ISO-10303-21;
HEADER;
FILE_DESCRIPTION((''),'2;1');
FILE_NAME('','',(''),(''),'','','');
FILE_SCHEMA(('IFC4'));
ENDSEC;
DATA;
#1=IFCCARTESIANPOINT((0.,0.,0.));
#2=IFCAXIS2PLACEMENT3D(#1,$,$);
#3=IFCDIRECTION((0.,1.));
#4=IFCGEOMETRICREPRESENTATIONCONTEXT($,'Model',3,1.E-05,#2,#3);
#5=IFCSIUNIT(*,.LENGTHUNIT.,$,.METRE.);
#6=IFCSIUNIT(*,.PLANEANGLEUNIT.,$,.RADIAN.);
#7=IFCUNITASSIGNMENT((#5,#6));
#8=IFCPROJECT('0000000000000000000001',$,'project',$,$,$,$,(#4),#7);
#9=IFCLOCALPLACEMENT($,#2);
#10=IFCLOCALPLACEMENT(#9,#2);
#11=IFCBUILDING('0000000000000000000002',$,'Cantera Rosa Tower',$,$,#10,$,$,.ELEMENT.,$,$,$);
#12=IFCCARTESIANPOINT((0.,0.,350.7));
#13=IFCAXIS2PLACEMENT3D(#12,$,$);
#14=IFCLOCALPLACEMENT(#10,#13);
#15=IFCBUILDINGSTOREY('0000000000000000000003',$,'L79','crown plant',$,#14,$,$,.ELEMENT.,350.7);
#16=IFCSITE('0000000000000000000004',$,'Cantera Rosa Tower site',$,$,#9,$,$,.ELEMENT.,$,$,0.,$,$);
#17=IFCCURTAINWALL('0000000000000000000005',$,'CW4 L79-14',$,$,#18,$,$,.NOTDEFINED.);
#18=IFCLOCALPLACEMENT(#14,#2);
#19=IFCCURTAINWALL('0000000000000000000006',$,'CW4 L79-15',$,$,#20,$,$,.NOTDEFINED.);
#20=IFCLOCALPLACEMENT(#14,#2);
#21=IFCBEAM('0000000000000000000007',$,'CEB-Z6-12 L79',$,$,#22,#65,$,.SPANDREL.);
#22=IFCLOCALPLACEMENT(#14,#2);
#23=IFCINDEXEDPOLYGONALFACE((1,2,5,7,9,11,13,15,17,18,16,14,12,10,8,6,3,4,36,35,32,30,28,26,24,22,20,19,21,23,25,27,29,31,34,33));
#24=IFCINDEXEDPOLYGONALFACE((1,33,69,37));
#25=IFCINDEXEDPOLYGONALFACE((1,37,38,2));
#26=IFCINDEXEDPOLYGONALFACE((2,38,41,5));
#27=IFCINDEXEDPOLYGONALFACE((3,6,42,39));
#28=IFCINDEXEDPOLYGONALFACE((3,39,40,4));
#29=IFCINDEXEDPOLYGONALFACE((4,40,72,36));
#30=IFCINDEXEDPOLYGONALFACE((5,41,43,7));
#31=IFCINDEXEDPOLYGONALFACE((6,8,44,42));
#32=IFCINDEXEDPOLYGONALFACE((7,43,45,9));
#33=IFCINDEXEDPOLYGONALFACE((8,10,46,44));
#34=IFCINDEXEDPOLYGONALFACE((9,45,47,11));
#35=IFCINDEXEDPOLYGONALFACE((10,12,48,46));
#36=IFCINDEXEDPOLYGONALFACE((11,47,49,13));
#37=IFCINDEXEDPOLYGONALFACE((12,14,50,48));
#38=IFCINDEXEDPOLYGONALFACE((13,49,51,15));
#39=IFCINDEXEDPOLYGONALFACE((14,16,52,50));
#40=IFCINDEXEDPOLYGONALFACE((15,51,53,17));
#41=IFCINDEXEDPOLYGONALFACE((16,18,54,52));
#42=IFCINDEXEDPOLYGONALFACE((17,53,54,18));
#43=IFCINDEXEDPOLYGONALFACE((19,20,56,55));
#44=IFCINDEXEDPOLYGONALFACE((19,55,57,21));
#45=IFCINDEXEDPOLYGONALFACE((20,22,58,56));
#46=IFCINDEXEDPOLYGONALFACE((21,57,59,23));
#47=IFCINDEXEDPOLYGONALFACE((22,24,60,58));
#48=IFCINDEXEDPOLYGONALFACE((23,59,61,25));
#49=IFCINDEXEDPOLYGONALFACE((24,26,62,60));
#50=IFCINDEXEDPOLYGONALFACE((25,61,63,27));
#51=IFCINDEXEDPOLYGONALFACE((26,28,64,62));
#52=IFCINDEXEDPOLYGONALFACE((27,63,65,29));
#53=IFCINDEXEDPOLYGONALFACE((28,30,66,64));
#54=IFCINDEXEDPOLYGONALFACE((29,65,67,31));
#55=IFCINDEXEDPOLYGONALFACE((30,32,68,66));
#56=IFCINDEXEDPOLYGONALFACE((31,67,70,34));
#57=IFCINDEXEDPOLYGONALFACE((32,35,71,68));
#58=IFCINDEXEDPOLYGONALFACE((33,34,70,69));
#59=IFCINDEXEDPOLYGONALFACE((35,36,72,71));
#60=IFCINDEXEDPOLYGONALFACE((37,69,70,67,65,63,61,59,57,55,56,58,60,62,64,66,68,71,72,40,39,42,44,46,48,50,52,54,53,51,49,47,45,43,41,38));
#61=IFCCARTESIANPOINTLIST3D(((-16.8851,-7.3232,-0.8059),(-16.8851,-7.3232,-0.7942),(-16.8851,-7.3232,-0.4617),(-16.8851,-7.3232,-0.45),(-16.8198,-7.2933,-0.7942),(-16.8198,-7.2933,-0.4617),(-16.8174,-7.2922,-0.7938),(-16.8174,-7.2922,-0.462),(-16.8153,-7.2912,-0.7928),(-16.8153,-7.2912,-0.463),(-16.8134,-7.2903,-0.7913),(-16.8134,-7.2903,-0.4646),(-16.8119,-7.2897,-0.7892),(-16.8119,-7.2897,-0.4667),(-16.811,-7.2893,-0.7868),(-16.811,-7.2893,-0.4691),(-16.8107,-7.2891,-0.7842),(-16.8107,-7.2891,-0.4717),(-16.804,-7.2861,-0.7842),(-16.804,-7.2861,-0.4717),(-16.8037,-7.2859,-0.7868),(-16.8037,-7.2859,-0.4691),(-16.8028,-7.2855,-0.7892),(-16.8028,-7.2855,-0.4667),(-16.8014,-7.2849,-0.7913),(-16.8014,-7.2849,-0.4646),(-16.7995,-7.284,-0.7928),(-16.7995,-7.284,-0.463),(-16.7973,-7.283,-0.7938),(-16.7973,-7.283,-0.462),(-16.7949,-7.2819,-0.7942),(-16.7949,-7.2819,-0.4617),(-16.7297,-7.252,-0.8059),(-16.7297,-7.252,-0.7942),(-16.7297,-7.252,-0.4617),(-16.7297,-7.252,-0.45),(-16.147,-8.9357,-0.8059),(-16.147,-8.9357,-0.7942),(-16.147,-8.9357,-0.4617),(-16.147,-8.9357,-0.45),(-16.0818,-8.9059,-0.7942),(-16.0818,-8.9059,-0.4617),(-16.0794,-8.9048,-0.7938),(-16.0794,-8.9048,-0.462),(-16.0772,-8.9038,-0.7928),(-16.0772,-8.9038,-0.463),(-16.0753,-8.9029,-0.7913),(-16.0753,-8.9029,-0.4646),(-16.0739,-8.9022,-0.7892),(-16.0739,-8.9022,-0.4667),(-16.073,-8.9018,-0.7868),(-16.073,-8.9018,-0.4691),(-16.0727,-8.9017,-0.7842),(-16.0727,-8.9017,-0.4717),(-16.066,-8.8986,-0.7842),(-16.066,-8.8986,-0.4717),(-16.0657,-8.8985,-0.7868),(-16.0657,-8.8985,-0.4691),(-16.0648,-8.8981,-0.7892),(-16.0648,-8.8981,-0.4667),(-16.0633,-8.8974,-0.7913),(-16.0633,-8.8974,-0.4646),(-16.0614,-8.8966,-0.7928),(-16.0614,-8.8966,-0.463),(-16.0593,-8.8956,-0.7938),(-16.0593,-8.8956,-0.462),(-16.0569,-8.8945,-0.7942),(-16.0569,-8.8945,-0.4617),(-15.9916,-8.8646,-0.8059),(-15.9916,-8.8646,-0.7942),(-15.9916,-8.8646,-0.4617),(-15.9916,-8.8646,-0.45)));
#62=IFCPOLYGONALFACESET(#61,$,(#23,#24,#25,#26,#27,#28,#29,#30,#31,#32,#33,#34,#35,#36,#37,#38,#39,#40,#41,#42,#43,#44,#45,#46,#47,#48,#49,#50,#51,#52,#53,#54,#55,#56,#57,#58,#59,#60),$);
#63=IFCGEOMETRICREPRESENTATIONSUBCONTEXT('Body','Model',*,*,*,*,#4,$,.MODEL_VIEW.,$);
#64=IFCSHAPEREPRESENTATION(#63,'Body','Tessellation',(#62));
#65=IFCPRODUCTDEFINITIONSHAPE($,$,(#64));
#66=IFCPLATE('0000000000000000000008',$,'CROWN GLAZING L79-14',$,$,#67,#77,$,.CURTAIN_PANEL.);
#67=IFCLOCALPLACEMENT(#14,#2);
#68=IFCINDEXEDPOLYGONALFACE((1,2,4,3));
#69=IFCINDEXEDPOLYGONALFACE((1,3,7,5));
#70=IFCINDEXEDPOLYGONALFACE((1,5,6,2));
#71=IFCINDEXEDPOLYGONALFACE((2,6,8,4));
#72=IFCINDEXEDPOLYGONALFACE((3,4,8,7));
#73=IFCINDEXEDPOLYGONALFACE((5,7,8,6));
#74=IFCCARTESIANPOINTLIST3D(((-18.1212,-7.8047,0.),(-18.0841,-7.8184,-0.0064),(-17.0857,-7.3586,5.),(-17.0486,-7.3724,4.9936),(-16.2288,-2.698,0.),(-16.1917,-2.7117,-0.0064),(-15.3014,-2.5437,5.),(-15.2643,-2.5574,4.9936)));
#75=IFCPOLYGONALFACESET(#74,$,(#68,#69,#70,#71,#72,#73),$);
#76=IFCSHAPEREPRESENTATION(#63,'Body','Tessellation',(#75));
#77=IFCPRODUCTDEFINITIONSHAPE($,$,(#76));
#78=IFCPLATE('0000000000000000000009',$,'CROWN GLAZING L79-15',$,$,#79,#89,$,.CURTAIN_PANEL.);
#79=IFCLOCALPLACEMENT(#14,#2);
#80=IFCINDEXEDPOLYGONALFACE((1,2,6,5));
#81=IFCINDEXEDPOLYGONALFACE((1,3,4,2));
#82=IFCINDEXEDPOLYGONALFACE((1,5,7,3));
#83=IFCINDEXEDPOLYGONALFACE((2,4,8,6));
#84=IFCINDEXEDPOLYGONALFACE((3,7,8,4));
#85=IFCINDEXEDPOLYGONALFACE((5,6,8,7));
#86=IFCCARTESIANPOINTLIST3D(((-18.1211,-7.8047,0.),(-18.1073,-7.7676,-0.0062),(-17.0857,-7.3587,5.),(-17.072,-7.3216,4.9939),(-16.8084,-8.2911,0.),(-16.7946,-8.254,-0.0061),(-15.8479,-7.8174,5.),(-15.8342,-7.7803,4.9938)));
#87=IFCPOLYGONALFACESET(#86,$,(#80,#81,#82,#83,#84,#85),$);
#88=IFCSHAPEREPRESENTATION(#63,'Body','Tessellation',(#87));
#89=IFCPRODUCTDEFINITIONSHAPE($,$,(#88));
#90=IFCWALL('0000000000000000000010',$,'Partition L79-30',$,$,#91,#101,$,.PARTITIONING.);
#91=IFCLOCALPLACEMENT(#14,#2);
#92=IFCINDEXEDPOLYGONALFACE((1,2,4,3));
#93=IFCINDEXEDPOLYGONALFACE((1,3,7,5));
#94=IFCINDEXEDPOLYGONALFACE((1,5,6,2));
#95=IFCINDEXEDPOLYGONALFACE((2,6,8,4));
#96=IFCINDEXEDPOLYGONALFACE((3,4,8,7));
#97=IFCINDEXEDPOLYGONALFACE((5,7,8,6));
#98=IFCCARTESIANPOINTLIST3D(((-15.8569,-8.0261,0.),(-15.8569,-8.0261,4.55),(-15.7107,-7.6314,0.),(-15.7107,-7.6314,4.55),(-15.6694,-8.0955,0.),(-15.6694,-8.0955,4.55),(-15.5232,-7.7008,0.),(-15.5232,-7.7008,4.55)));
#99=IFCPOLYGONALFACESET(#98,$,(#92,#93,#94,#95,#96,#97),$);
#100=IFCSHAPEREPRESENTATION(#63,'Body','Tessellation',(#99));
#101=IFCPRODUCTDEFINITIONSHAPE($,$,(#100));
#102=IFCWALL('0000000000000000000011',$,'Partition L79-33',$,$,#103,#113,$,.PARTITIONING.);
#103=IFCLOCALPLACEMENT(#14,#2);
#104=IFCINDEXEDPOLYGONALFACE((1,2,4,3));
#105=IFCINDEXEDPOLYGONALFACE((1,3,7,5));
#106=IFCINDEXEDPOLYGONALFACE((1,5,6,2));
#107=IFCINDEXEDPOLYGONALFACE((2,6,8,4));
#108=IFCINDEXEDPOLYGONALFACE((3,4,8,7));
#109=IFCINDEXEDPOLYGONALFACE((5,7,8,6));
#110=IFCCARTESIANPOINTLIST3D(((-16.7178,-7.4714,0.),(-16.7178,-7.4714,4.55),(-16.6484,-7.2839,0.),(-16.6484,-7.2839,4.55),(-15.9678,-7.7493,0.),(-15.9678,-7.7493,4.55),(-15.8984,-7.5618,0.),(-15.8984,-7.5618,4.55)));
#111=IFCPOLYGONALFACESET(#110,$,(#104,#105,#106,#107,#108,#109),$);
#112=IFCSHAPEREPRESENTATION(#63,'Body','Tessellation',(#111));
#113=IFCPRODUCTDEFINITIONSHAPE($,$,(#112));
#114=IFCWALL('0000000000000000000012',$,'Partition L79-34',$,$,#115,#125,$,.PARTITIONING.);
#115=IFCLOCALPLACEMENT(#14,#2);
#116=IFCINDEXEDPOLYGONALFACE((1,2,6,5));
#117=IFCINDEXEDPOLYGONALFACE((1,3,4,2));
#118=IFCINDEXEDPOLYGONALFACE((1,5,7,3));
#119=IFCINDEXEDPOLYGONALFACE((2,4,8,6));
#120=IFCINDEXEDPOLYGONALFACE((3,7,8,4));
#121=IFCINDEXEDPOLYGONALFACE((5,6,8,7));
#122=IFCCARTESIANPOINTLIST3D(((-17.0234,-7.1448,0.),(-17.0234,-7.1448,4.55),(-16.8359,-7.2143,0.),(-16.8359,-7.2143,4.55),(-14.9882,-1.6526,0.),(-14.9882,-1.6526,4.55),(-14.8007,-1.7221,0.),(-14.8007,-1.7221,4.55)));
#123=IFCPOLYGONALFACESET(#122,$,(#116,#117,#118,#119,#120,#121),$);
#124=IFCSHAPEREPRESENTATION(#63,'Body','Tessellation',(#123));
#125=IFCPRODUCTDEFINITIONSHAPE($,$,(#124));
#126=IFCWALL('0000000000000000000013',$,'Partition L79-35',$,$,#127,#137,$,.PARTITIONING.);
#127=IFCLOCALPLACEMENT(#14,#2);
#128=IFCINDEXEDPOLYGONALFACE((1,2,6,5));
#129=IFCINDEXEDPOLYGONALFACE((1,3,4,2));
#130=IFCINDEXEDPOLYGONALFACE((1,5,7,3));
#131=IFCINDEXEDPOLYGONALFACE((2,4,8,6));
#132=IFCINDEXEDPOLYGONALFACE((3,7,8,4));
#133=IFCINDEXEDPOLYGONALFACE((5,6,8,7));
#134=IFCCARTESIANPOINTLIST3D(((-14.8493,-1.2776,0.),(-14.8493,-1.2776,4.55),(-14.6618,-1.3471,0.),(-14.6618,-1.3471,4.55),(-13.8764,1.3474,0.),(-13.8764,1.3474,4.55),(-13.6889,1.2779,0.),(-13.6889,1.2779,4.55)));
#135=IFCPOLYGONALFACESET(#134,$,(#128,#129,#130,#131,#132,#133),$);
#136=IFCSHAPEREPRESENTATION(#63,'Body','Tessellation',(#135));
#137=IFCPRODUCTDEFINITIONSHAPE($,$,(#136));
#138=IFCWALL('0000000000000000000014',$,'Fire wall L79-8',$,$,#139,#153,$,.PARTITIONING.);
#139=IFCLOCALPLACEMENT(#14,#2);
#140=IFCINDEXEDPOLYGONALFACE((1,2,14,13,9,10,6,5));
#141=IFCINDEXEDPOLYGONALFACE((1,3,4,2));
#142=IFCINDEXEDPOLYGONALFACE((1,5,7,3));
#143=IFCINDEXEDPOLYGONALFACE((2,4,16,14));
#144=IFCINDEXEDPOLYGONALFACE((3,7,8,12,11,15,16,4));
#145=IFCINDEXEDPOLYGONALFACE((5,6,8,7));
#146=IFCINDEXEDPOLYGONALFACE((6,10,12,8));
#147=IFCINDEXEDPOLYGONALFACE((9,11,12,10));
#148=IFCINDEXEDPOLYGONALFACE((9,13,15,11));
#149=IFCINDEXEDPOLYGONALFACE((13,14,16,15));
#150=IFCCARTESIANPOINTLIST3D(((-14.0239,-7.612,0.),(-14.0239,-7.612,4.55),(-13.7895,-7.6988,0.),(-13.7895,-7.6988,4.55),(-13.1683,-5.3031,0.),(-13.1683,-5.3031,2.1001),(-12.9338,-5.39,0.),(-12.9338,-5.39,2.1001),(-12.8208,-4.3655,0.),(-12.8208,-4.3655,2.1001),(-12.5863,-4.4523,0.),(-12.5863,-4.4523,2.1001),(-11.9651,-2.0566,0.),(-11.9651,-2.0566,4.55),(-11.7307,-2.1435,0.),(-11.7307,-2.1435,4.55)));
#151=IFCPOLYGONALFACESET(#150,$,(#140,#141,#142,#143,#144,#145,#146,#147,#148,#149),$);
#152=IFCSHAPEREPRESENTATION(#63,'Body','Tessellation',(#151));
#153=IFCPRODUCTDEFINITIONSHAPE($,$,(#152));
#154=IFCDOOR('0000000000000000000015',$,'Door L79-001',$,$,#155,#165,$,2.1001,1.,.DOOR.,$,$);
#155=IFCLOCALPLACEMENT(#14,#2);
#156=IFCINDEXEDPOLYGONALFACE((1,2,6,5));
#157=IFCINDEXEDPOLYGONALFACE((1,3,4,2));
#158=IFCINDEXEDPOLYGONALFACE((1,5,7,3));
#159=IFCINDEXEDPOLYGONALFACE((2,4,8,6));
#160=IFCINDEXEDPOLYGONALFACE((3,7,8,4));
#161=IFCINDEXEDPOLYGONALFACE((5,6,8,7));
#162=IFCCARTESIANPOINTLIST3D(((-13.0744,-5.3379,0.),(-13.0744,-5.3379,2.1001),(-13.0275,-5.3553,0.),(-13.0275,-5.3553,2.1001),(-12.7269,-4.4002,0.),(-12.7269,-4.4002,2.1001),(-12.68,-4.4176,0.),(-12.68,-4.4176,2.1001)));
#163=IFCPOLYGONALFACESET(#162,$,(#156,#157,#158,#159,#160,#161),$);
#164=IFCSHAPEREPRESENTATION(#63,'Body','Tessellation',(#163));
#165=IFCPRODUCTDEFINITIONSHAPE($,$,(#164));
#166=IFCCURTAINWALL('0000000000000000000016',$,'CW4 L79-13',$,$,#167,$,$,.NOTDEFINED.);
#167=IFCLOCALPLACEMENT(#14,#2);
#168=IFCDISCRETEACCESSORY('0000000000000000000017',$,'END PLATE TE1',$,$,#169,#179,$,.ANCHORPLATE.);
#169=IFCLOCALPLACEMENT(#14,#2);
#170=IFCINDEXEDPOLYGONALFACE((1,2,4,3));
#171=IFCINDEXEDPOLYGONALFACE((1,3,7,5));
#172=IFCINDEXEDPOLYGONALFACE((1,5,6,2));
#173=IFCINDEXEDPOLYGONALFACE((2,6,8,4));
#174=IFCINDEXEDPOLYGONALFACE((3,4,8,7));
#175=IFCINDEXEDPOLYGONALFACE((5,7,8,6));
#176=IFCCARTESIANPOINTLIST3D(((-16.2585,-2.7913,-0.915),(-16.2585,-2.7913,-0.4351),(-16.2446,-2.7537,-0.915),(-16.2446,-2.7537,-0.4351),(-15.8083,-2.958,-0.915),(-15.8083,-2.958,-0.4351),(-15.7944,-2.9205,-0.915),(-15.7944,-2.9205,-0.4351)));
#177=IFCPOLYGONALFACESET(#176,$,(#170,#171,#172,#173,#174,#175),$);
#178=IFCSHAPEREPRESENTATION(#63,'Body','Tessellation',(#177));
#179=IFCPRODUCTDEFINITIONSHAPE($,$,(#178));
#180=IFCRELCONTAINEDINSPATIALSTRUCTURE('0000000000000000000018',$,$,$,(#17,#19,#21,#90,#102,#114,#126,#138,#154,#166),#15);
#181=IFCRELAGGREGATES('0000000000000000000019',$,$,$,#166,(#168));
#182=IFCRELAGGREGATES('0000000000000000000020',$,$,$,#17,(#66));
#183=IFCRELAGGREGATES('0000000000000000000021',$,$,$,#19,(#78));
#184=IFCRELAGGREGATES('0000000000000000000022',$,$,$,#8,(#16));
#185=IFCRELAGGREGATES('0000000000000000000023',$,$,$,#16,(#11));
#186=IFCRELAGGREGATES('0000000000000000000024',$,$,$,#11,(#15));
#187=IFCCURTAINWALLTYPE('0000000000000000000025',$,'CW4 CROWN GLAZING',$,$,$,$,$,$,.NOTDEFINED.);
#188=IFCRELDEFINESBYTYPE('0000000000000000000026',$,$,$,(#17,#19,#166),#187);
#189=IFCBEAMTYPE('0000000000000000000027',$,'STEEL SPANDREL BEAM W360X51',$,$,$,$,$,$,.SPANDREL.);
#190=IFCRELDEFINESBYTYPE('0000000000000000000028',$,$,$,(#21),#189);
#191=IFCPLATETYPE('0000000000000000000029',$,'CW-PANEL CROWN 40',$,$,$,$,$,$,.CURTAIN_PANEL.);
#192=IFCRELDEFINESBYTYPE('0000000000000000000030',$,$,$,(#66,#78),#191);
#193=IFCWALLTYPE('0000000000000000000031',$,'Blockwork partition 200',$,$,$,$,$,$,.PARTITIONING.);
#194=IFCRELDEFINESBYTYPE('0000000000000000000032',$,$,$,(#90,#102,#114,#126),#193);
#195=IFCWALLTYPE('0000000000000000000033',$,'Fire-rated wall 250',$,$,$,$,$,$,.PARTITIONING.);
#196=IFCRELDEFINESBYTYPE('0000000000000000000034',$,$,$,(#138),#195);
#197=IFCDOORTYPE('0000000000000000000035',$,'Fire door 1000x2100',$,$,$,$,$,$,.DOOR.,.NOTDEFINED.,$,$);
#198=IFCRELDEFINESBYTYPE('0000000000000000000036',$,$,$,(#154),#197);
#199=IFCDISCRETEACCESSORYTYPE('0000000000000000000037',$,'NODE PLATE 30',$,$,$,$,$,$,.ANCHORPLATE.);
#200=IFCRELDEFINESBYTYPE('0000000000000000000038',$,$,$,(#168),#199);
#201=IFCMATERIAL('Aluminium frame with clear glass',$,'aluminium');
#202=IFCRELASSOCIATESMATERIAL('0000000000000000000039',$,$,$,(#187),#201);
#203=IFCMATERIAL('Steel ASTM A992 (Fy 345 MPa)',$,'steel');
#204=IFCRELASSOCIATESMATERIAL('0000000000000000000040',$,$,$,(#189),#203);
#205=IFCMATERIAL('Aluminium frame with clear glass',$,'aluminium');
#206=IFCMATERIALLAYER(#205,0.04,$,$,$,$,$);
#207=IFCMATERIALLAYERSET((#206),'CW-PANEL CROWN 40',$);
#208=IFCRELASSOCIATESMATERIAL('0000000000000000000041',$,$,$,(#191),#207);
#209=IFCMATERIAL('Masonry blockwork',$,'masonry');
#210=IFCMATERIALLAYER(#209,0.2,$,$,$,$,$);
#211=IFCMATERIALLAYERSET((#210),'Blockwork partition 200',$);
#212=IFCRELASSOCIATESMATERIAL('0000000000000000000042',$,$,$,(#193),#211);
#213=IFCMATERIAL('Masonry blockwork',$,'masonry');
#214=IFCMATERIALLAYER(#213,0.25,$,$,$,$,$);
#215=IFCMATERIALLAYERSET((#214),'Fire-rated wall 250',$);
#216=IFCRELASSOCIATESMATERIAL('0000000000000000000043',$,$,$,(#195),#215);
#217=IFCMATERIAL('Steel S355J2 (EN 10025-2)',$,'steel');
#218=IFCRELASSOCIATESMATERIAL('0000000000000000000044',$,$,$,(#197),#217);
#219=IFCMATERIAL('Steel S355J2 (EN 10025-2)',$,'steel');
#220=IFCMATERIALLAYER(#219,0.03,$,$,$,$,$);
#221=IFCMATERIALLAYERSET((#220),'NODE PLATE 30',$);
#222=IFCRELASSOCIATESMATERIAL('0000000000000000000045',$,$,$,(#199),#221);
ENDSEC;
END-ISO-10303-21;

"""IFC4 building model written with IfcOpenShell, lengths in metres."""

from ifc_helpers import new_model, si_unit, direction, frame, frame_2d, origin, origin_2d, place, context, subcontext, project, spatial, polyline, rectangle, i_section, outline, extrude, material, layer, layer_set, material_profile, profile_set, type_object, element, fill, aggregate, save


model = new_model("IFC4")

# Units and contexts
model_context = context("Model", 3, precision=1e-05, world=origin(), true_north=direction((0.0, 1.0)))
body_context = subcontext(model_context, "Body", "Model", "MODEL_VIEW")
ifc_project = project(units=[si_unit("LENGTHUNIT", "METRE"), si_unit("PLANEANGLEUNIT", "RADIAN")], contexts=[model_context])

# Site, building, storey
site_placement = place(None, origin())
site = spatial("IfcSite", under=ifc_project, at=site_placement, Name="Cantera Rosa Tower site", CompositionType="ELEMENT", RefElevation=0.0)
building_placement = place(site_placement, origin())
building = spatial("IfcBuilding", under=site, at=building_placement, Name="Cantera Rosa Tower", CompositionType="ELEMENT")
storey_placement = place(building_placement, frame((0.0, 0.0, 350.7)))
storey = spatial("IfcBuildingStorey", under=building, at=storey_placement, Name="L79", Description="crown plant", CompositionType="ELEMENT", Elevation=350.7)

# Curtain walls
ifc_material_1 = material(Name="Aluminium frame with clear glass", Category="aluminium")
curtain_wall_type = type_object("IfcCurtainWallType", Name="CW4 CROWN GLAZING", PredefinedType="NOTDEFINED", material=ifc_material_1)
curtain_wall_1_placement = place(storey_placement, origin())
curtain_wall_1 = element("IfcCurtainWall", 1, at=curtain_wall_1_placement, inside=storey, type_object=curtain_wall_type, Name="CW4 L79-14", PredefinedType="NOTDEFINED")
curtain_wall_2_placement = place(storey_placement, origin())
curtain_wall_2 = element("IfcCurtainWall", 2, at=curtain_wall_2_placement, inside=storey, type_object=curtain_wall_type, Name="CW4 L79-15", PredefinedType="NOTDEFINED")

# Beam
ifc_material_2 = material(Name="Steel ASTM A992 (Fy 345 MPa)", Category="steel")
ifc_material_profile_1 = material_profile(ifc_material_2, i_section(OverallWidth=0.1709, OverallDepth=0.356, WebThickness=0.0073, FlangeThickness=0.0117, FilletRadius=0.01, at=origin_2d()), Name="W360X51")
ifc_profile_set_1 = profile_set([ifc_material_profile_1], Name="Steel ASTM A992 (Fy 345 MPa)")
beam_type_1 = type_object("IfcBeamType", Name="STEEL SPANDREL BEAM W360X51", PredefinedType="SPANDREL", material=ifc_profile_set_1)
beam_1_placement = place(storey_placement, frame((-16.8074, -7.2876, -0.6279), z_axis=(0.416166, -0.909288, 0.0), x_axis=(0.909288, 0.416166, 0.0)))
element("IfcBeam", 3, at=beam_1_placement, inside=storey, type_object=beam_type_1, Name="CEB-Z6-12 L79", PredefinedType="SPANDREL", context=body_context, shape_type="SweptSolid", body=[
    extrude(i_section(OverallWidth=0.1709, OverallDepth=0.356, WebThickness=0.0073, FlangeThickness=0.0117, FilletRadius=0.01, at=origin_2d()), origin(), (0.0, 0.0, 1.0), 1.7734),
])

# Plates
ifc_material_3 = material(Name="Aluminium frame with clear glass", Category="aluminium")
ifc_layer_1 = layer(ifc_material_3, 0.04)
ifc_layer_set_1 = layer_set([ifc_layer_1], Name="CW-PANEL CROWN 40")
plate_type = type_object("IfcPlateType", Name="CW-PANEL CROWN 40", PredefinedType="CURTAIN_PANEL", material=ifc_layer_set_1)
plate_1_placement = place(storey_placement, frame((-16.2288, -2.698, 0.0), z_axis=(-0.925442, 0.34295, 0.161065), x_axis=(-0.347487, -0.937685, 0.000003)))
plate_1 = element("IfcPlate", 4, at=plate_1_placement, type_object=plate_type, Name="CROWN GLAZING L79-14", PredefinedType="CURTAIN_PANEL", context=body_context, shape_type="SweptSolid", body=[
    extrude(outline(polyline([(0.0, 0.0), (5.446, 0.0), (4.668, 5.0661), (-0.467, 5.0662), (0.0, 0.0)])), origin(), (0.0, 0.0, -1.0), 0.04),
])
plate_2_placement = place(storey_placement, frame((-18.1211, -7.8047, 0.0), z_axis=(-0.343321, -0.926551, 0.153735), x_axis=(0.937698, -0.34745, 0.000009)))
plate_2 = element("IfcPlate", 5, at=plate_2_placement, type_object=plate_type, Name="CROWN GLAZING L79-15", PredefinedType="CURTAIN_PANEL", context=body_context, shape_type="SweptSolid", body=[
    extrude(outline(polyline([(0.0, 0.0), (1.3999, 0.0), (2.136, 5.0601), (0.816, 5.0602), (0.0, 0.0)])), origin(), (0.0, 0.0, -1.0), 0.04),
])

# Walls
ifc_material_4 = material(Name="Masonry blockwork", Category="masonry")
ifc_layer_2 = layer(ifc_material_4, 0.2)
ifc_layer_set_2 = layer_set([ifc_layer_2], Name="Blockwork partition 200")
wall_type_1 = type_object("IfcWallType", Name="Blockwork partition 200", PredefinedType="PARTITIONING", material=ifc_layer_set_2)
wall_1_placement = place(storey_placement, frame((-15.7632, -8.0608, 0.0), z_axis=(0.0, 0.0, 1.0), x_axis=(0.347371, 0.937728, 0.0)))
element("IfcWall", 6, at=wall_1_placement, inside=storey, type_object=wall_type_1, Name="Partition L79-30", PredefinedType="PARTITIONING", context=body_context, shape_type="SweptSolid", body=[
    extrude(rectangle(XDim=0.4209, YDim=0.2, at=frame_2d((0.2104, 0.0))), origin(), (0.0, 0.0, 1.0), 4.55),
])
wall_2_placement = place(storey_placement, frame((-15.9331, -7.6555, 0.0), z_axis=(0.0, 0.0, 1.0), x_axis=(-0.937727, 0.347374, 0.0)))
element("IfcWall", 7, at=wall_2_placement, inside=storey, type_object=wall_type_1, Name="Partition L79-33", PredefinedType="PARTITIONING", context=body_context, shape_type="SweptSolid", body=[
    extrude(rectangle(XDim=0.7998, YDim=0.2, at=frame_2d((0.3999, 0.0))), origin(), (0.0, 0.0, 1.0), 4.55),
])
wall_3_placement = place(storey_placement, frame((-16.9297, -7.1797, 0.0), z_axis=(0.0, 0.0, 1.0), x_axis=(0.347466, 0.937692, 0.0)))
element("IfcWall", 8, at=wall_3_placement, inside=storey, type_object=wall_type_1, Name="Partition L79-34", PredefinedType="PARTITIONING", context=body_context, shape_type="SweptSolid", body=[
    extrude(rectangle(XDim=5.8572, YDim=0.2, at=frame_2d((2.9287, 0.0))), origin(), (0.0, 0.0, 1.0), 4.55),
])
wall_4_placement = place(storey_placement, frame((-14.7556, -1.3125, 0.0), z_axis=(0.0, 0.0, 1.0), x_axis=(0.347527, 0.93767, 0.0)))
element("IfcWall", 9, at=wall_4_placement, inside=storey, type_object=wall_type_1, Name="Partition L79-35", PredefinedType="PARTITIONING", context=body_context, shape_type="SweptSolid", body=[
    extrude(rectangle(XDim=2.7996, YDim=0.2, at=frame_2d((1.3999, 0.0))), origin(), (0.0, 0.0, 1.0), 4.55),
])

# Wall, opening, door
ifc_material_5 = material(Name="Masonry blockwork", Category="masonry")
ifc_layer_3 = layer(ifc_material_5, 0.25)
ifc_layer_set_3 = layer_set([ifc_layer_3], Name="Fire-rated wall 250")
wall_type_2 = type_object("IfcWallType", Name="Fire-rated wall 250", PredefinedType="PARTITIONING", material=ifc_layer_set_3)
wall_5_placement = place(storey_placement, frame((-13.9067, -7.6555, 0.0), z_axis=(0.0, 0.0, 1.0), x_axis=(0.347504, 0.937679, 0.0)))
wall_5 = element("IfcWall", 10, at=wall_5_placement, inside=storey, type_object=wall_type_2, Name="Fire wall L79-8", PredefinedType="PARTITIONING", context=body_context, shape_type="SweptSolid", body=[
    extrude(rectangle(XDim=5.9246, YDim=0.25, at=frame_2d((2.9624, 0.0))), origin(), (0.0, 0.0, 1.0), 4.55),
])
opening_placement = place(wall_5_placement, frame((2.4624, 0.0, 0.0)))
opening = element("IfcOpeningElement", 11, at=opening_placement, cuts=wall_5, PredefinedType="OPENING", context=body_context, shape_type="SweptSolid", body=[
    extrude(rectangle(XDim=1.0, YDim=2.1001, at=frame_2d((0.5, 1.05))), frame((0.0, 0.135, 0.0), z_axis=(0.0, -1.0, 0.0), x_axis=(1.0, 0.0, 0.0)), (0.0, 0.0, 1.0), 0.27),
])
ifc_material_6 = material(Name="Steel S355J2 (EN 10025-2)", Category="steel")
door_type = type_object("IfcDoorType", Name="Fire door 1000x2100", OperationType="NOTDEFINED", PredefinedType="DOOR", material=ifc_material_6)
door_placement = place(opening_placement, origin())
door = element("IfcDoor", 12, at=door_placement, inside=storey, type_object=door_type, Name="Door L79-001", OverallHeight=2.1001, OverallWidth=1.0, PredefinedType="DOOR", context=body_context, shape_type="SweptSolid", body=[
    extrude(rectangle(XDim=1.0, YDim=2.1001, at=frame_2d((0.5, 1.05))), frame((0.0, 0.0249, 0.0), z_axis=(0.0, -1.0, 0.0), x_axis=(1.0, 0.0, 0.0)), (0.0, 0.0, 1.0), 0.05),
])
fill(opening, door)

# Curtain wall, discrete accessory
curtain_wall_3_placement = place(storey_placement, origin())
curtain_wall_3 = element("IfcCurtainWall", 13, at=curtain_wall_3_placement, inside=storey, type_object=curtain_wall_type, Name="CW4 L79-13", PredefinedType="NOTDEFINED")
ifc_material_7 = material(Name="Steel S355J2 (EN 10025-2)", Category="steel")
ifc_layer_4 = layer(ifc_material_7, 0.03)
ifc_layer_set_4 = layer_set([ifc_layer_4], Name="NODE PLATE 30")
discrete_accessory_type = type_object("IfcDiscreteAccessoryType", Name="NODE PLATE 30", PredefinedType="ANCHORPLATE", material=ifc_layer_set_4)
discrete_accessory_1_placement = place(storey_placement, frame((-15.8083, -2.958, -0.4351), z_axis=(-0.347331, -0.937743, 0.0), x_axis=(-0.937743, 0.347331, 0.0)))
discrete_accessory_1 = element("IfcDiscreteAccessory", 14, at=discrete_accessory_1_placement, type_object=discrete_accessory_type, Name="END PLATE TE1", PredefinedType="ANCHORPLATE", context=body_context, shape_type="SweptSolid", body=[
    extrude(outline(polyline([(0.0, 0.0), (0.4801, 0.0), (0.4801, 0.48), (0.0, 0.48), (0.0, 0.0)])), origin(), (0.0, 0.0, -1.0), 0.04),
])
aggregate(curtain_wall_3, [discrete_accessory_1])

aggregate(curtain_wall_1, [plate_1])
aggregate(curtain_wall_2, [plate_2])

save(model, "model.ifc")
